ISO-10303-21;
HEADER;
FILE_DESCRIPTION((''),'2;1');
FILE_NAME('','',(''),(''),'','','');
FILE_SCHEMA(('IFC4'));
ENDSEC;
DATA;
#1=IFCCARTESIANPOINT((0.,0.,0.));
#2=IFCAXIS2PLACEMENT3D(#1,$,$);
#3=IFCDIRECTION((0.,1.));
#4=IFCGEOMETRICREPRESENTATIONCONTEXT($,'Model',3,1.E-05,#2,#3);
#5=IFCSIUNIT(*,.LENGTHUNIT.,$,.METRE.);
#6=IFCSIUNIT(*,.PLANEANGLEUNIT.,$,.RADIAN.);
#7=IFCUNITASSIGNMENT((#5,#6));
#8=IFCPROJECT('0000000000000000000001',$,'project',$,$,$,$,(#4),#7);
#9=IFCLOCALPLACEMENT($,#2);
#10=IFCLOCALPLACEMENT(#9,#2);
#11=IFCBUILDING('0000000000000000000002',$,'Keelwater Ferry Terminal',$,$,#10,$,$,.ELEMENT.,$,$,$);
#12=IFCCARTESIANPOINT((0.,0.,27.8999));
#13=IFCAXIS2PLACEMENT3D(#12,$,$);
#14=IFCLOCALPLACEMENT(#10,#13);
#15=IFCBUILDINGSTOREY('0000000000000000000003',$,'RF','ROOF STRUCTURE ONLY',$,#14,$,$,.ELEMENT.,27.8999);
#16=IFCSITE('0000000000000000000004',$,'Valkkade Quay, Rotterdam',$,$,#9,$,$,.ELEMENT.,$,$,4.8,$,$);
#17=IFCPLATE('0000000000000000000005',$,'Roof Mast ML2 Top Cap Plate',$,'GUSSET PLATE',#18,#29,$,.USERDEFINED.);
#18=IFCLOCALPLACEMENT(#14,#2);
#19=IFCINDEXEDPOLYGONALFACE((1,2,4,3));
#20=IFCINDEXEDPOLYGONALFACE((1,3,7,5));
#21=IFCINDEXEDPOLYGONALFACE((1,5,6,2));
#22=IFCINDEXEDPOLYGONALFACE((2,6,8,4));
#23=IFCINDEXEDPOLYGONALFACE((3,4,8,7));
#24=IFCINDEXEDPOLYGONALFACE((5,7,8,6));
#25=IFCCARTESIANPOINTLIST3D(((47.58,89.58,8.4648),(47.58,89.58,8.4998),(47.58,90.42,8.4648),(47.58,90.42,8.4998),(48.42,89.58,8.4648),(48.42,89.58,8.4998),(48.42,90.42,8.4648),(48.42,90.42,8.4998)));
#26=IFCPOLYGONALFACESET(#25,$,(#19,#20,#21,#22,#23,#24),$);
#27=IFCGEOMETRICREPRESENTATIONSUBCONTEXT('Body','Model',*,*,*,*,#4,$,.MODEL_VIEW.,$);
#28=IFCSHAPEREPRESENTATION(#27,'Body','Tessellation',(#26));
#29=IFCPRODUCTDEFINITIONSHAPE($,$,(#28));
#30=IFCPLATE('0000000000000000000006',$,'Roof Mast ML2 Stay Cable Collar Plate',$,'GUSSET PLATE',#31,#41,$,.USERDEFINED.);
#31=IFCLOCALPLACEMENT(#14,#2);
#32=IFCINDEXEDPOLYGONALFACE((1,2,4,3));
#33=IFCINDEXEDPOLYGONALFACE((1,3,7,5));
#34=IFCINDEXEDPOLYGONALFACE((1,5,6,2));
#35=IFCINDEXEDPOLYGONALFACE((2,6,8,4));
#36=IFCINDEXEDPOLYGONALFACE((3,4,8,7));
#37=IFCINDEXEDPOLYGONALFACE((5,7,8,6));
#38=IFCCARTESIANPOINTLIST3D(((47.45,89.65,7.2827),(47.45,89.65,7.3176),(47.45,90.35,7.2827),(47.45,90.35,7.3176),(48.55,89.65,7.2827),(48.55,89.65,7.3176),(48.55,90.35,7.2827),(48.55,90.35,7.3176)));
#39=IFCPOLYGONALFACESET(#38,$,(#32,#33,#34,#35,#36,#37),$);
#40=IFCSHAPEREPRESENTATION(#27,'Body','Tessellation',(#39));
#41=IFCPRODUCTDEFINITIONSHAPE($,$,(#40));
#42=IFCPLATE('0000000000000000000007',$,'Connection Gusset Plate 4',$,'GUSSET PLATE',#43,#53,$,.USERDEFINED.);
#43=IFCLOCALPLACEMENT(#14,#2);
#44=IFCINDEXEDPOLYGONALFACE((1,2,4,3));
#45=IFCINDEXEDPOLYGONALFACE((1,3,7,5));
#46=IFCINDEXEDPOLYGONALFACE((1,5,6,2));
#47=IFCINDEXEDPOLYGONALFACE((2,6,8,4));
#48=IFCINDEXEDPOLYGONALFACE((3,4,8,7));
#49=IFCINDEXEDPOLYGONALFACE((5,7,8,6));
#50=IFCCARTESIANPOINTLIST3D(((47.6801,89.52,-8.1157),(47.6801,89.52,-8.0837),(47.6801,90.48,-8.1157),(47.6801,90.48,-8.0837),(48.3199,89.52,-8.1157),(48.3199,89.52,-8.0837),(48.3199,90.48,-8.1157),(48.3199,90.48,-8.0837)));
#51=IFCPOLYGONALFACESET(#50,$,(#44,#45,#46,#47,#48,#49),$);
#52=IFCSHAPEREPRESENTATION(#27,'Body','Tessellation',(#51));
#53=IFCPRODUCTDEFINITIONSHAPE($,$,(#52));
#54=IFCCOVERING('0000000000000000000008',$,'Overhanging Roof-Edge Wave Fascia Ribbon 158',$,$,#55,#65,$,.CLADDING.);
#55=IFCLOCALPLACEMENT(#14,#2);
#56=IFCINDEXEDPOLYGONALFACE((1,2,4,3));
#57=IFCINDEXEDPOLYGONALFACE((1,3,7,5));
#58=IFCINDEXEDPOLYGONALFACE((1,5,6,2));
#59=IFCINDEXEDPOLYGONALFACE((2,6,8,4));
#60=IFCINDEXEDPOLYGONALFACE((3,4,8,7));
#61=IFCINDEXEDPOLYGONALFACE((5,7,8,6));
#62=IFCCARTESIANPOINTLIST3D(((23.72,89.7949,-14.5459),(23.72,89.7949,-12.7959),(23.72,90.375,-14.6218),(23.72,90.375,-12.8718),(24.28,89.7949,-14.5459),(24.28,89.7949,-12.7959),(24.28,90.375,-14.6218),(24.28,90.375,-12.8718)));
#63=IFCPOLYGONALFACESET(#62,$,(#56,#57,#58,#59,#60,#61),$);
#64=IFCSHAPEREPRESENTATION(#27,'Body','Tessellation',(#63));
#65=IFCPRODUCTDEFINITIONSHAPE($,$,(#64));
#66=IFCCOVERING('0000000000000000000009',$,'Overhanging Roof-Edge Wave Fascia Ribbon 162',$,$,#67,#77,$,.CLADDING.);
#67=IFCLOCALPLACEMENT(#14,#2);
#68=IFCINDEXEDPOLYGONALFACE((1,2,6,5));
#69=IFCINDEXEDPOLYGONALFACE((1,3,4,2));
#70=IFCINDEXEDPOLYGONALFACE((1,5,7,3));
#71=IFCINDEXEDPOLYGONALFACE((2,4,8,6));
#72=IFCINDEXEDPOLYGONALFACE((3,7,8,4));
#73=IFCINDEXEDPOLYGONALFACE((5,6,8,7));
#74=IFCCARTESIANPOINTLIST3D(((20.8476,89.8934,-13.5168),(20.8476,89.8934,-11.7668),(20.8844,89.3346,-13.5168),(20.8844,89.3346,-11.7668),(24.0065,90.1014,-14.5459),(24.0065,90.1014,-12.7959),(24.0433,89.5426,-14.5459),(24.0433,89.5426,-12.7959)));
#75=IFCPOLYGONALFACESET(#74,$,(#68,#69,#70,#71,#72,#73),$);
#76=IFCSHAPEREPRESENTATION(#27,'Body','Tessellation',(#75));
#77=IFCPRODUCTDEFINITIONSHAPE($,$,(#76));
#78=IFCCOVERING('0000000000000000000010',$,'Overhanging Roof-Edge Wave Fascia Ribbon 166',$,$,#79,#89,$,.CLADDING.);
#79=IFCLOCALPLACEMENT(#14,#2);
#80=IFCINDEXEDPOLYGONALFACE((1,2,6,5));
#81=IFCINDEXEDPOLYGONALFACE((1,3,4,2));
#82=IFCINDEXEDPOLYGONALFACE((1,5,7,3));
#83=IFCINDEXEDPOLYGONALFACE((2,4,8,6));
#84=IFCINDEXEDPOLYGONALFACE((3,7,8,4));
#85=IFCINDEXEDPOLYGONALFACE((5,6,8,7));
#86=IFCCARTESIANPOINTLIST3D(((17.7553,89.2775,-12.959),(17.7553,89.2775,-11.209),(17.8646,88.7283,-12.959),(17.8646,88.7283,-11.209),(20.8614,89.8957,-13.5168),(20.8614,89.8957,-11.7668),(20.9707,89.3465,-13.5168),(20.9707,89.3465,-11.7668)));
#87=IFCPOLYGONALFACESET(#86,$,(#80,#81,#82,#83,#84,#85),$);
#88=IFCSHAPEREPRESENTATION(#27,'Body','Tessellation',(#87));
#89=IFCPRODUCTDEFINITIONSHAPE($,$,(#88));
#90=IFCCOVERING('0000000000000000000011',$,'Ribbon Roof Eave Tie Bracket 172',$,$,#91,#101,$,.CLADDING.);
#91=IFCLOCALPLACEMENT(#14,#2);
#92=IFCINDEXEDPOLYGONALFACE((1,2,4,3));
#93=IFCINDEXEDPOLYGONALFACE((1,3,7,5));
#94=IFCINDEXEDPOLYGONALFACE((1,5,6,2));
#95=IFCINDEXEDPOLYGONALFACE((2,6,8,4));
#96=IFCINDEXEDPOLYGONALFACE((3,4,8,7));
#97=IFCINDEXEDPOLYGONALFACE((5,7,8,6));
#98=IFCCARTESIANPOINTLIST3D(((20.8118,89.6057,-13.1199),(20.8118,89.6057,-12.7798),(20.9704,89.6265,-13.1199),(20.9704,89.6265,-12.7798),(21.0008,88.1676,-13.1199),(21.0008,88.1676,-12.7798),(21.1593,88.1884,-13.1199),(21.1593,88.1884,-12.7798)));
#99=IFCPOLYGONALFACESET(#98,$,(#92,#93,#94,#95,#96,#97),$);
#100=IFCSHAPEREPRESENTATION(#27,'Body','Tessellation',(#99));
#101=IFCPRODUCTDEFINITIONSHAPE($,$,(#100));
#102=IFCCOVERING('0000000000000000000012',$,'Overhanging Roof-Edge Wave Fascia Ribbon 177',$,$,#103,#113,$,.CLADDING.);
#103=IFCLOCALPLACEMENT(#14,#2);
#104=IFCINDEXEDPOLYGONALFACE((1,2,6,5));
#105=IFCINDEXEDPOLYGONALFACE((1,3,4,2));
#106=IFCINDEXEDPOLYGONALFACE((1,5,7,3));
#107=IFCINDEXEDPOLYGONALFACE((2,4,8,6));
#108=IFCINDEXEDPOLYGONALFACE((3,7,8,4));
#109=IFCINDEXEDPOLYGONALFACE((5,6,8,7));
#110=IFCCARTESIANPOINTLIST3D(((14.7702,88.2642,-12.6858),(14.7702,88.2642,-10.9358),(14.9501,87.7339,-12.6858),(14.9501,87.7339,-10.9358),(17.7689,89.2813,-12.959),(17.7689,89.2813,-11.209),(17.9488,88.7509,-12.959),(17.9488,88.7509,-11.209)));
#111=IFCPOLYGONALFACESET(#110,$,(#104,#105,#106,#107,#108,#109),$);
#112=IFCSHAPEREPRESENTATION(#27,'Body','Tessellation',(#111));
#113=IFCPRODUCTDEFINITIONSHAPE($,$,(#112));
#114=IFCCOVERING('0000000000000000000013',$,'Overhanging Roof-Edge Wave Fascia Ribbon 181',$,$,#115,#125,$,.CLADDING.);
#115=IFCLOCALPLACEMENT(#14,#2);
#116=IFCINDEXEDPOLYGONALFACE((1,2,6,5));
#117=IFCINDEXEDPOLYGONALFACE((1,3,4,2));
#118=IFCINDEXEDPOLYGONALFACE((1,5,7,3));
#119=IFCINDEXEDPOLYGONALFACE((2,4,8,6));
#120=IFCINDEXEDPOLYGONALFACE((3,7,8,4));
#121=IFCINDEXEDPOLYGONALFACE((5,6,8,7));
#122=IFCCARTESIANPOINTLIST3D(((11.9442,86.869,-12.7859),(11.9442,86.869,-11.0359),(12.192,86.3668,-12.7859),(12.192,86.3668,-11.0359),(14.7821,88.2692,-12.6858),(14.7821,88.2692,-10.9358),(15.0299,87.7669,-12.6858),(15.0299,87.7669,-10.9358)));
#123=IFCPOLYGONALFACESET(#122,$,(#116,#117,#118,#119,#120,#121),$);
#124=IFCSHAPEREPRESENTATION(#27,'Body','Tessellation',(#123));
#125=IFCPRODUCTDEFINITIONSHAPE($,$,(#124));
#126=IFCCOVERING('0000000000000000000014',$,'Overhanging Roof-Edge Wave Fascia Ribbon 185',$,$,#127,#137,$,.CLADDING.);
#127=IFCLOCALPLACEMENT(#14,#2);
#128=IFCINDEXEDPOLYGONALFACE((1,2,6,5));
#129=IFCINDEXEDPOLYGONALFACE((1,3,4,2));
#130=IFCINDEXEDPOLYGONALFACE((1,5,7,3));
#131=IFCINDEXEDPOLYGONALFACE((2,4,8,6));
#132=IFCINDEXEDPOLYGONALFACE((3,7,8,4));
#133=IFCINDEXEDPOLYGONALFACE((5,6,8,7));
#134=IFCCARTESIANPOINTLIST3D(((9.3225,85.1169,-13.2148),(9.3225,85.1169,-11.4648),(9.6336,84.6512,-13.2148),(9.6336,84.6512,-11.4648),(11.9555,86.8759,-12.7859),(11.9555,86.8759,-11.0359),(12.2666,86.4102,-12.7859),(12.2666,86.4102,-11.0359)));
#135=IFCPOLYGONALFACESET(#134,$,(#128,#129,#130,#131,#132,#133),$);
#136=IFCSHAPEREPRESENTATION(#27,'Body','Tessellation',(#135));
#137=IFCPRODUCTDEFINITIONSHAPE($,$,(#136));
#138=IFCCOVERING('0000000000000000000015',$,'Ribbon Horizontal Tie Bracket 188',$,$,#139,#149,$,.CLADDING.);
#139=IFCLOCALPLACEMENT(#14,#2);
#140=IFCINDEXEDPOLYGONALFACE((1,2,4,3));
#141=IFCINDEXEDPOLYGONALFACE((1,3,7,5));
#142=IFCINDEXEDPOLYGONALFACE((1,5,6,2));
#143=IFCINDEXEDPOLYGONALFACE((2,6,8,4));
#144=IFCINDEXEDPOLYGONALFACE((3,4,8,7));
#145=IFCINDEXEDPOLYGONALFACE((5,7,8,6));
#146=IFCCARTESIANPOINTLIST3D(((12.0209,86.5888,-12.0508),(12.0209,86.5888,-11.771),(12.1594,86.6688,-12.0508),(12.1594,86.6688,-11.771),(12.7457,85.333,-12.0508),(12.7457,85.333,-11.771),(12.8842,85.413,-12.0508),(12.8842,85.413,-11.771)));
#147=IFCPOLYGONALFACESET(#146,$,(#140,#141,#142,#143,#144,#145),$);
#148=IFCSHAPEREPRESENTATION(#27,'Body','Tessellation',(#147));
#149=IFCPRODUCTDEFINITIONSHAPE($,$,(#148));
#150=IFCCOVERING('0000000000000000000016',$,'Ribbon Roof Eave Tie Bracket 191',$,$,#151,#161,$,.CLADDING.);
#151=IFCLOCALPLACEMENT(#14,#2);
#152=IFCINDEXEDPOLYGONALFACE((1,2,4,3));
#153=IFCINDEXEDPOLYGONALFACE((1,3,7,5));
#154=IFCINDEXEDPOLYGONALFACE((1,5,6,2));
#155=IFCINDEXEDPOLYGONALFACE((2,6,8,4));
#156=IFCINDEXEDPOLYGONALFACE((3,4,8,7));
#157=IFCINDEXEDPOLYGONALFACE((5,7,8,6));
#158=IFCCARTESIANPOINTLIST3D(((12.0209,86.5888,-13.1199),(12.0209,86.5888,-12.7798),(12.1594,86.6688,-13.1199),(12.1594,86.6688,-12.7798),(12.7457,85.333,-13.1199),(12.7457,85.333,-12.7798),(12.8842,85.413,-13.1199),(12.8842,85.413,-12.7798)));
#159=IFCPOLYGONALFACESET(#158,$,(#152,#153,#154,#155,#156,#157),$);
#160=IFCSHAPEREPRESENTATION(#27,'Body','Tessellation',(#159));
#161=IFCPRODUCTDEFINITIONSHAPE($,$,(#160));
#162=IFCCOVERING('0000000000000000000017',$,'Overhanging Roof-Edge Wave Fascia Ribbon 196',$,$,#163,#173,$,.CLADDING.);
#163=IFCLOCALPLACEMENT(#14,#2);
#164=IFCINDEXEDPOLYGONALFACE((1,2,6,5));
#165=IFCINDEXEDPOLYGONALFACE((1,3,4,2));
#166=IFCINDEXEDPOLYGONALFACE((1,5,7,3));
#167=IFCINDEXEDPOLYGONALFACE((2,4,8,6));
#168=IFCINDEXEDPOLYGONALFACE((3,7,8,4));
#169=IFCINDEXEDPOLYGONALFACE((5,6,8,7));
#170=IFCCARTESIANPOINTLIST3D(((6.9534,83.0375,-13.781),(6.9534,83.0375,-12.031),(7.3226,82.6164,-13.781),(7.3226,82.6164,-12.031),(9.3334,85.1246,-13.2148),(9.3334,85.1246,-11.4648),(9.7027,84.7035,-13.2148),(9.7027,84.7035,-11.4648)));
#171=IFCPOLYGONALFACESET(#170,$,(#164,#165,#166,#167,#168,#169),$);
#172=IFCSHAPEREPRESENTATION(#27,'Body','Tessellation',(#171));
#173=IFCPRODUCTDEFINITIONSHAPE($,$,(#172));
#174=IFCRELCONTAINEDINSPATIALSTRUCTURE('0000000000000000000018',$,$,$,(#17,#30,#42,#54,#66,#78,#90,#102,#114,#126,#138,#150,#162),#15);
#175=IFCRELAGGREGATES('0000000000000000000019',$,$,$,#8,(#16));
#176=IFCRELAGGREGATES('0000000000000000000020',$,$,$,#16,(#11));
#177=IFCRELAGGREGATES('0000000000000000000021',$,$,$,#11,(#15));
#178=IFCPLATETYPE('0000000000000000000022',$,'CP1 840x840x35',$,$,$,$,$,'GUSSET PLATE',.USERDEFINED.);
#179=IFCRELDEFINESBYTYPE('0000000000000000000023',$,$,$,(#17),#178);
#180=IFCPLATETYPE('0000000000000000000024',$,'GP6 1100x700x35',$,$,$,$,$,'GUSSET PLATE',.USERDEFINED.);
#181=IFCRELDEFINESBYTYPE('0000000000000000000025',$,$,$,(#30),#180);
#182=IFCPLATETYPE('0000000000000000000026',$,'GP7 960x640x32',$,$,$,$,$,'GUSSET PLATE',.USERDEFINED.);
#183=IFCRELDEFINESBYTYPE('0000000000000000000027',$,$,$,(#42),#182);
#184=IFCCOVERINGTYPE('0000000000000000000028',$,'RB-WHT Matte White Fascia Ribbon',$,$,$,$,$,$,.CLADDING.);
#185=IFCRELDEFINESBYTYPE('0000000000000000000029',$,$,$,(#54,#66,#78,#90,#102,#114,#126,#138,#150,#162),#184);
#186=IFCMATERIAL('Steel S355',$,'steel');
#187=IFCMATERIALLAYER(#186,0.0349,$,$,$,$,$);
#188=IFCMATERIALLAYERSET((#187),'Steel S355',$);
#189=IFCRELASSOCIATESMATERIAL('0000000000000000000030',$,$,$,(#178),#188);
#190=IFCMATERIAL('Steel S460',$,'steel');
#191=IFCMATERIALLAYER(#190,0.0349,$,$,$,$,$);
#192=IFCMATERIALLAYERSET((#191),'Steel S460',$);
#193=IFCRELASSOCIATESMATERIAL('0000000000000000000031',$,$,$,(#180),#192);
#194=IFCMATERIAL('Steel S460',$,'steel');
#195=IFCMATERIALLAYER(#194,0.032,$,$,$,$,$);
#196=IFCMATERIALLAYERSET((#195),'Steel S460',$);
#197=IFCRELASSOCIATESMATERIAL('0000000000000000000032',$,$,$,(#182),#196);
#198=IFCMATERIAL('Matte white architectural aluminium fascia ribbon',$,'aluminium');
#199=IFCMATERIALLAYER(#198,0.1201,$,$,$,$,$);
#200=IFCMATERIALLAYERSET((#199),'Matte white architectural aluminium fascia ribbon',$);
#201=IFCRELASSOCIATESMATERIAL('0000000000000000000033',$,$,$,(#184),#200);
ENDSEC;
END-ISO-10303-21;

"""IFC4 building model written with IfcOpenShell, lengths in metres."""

from ifc_helpers import new_model, si_unit, direction, frame, frame_2d, origin, origin_2d, place, context, subcontext, project, spatial, polyline, rectangle, outline, extrude, material, layer, layer_set, type_object, element, save


model = new_model("IFC4")

# Units and contexts
model_context = context("Model", 3, precision=1e-05, world=origin(), true_north=direction((0.0, 1.0)))
body_context = subcontext(model_context, "Body", "Model", "MODEL_VIEW")
ifc_project = project(units=[si_unit("LENGTHUNIT", "METRE"), si_unit("PLANEANGLEUNIT", "RADIAN")], contexts=[model_context])

# Site, building, storey
site_placement = place(None, origin())
site = spatial("IfcSite", under=ifc_project, at=site_placement, Name="Valkkade Quay, Rotterdam", CompositionType="ELEMENT", RefElevation=4.8)
building_placement = place(site_placement, origin())
building = spatial("IfcBuilding", under=site, at=building_placement, Name="Keelwater Ferry Terminal", CompositionType="ELEMENT")
storey_placement = place(building_placement, frame((0.0, 0.0, 27.8999)))
storey = spatial("IfcBuildingStorey", under=building, at=storey_placement, Name="RF", Description="ROOF STRUCTURE ONLY", CompositionType="ELEMENT", Elevation=27.8999)

# Plates
ifc_material_1 = material(Name="Steel S355", Category="steel")
ifc_layer_1 = layer(ifc_material_1, 0.0349)
ifc_layer_set_1 = layer_set([ifc_layer_1], Name="Steel S355")
plate_type_1 = type_object("IfcPlateType", Name="CP1 840x840x35", ElementType="GUSSET PLATE", PredefinedType="USERDEFINED", material=ifc_layer_set_1)
plate_1_placement = place(storey_placement, frame((48.0, 90.0, 8.4648), z_axis=(0.0, 0.0, 1.0), x_axis=(1.0, 0.0, 0.0)))
element("IfcPlate", 1, at=plate_1_placement, inside=storey, type_object=plate_type_1, Name="Roof Mast ML2 Top Cap Plate", ObjectType="GUSSET PLATE", PredefinedType="USERDEFINED", context=body_context, shape_type="SweptSolid", body=[
    extrude(rectangle(XDim=0.8401, YDim=0.8401, at=origin_2d()), origin(), (0.0, 0.0, 1.0), 0.0349),
])
ifc_material_2 = material(Name="Steel S460", Category="steel")
ifc_layer_2 = layer(ifc_material_2, 0.0349)
ifc_layer_set_2 = layer_set([ifc_layer_2], Name="Steel S460")
plate_type_2 = type_object("IfcPlateType", Name="GP6 1100x700x35", ElementType="GUSSET PLATE", PredefinedType="USERDEFINED", material=ifc_layer_set_2)
plate_2_placement = place(storey_placement, frame((48.0, 90.0, 7.2827), z_axis=(0.0, 0.0, 1.0), x_axis=(1.0, 0.0, 0.0)))
element("IfcPlate", 2, at=plate_2_placement, inside=storey, type_object=plate_type_2, Name="Roof Mast ML2 Stay Cable Collar Plate", ObjectType="GUSSET PLATE", PredefinedType="USERDEFINED", context=body_context, shape_type="SweptSolid", body=[
    extrude(rectangle(XDim=1.1001, YDim=0.7, at=origin_2d()), origin(), (0.0, 0.0, 1.0), 0.0349),
])
ifc_material_3 = material(Name="Steel S460", Category="steel")
ifc_layer_3 = layer(ifc_material_3, 0.032)
ifc_layer_set_3 = layer_set([ifc_layer_3], Name="Steel S460")
plate_type_3 = type_object("IfcPlateType", Name="GP7 960x640x32", ElementType="GUSSET PLATE", PredefinedType="USERDEFINED", material=ifc_layer_set_3)
plate_3_placement = place(storey_placement, frame((48.0, 90.0, -8.1157), z_axis=(0.0, 0.0, 1.0), x_axis=(0.0, 1.0, 0.0)))
element("IfcPlate", 3, at=plate_3_placement, inside=storey, type_object=plate_type_3, Name="Connection Gusset Plate 4", ObjectType="GUSSET PLATE", PredefinedType="USERDEFINED", context=body_context, shape_type="SweptSolid", body=[
    extrude(rectangle(XDim=0.96, YDim=0.6399, at=origin_2d()), origin(), (0.0, 0.0, 1.0), 0.032),
])

# Coverings
ifc_material_4 = material(Name="Matte white architectural aluminium fascia ribbon", Category="aluminium")
ifc_layer_4 = layer(ifc_material_4, 0.1201)
ifc_layer_set_4 = layer_set([ifc_layer_4], Name="Matte white architectural aluminium fascia ribbon")
covering_type = type_object("IfcCoveringType", Name="RB-WHT Matte White Fascia Ribbon", PredefinedType="CLADDING", material=ifc_layer_set_4)
covering_1_placement = place(storey_placement, frame((24.0, 90.375, -14.6218), z_axis=(0.0, 0.0, 1.0), x_axis=(0.0, -1.0, 0.0)))
element("IfcCovering", 4, at=covering_1_placement, inside=storey, type_object=covering_type, Name="Overhanging Roof-Edge Wave Fascia Ribbon 158", PredefinedType="CLADDING", context=body_context, shape_type="SweptSolid", body=[
    extrude(outline(polyline([(0.0, 0.0), (0.5801, 0.0759), (0.5801, 1.8259), (0.0, 1.75), (0.0, 0.0)])), frame((0.0, 0.28, 0.0), z_axis=(0.0, -1.0, 0.0), x_axis=(1.0, 0.0, 0.0)), (0.0, 0.0, 1.0), 0.5601),
])
covering_2_placement = place(storey_placement, frame((24.0249, 89.822, -14.5459), z_axis=(0.0, 0.0, 1.0), x_axis=(-0.997839, -0.065705, 0.0)))
element("IfcCovering", 5, at=covering_2_placement, inside=storey, type_object=covering_type, Name="Overhanging Roof-Edge Wave Fascia Ribbon 162", PredefinedType="CLADDING", context=body_context, shape_type="SweptSolid", body=[
    extrude(outline(polyline([(0.0, 0.0), (3.1658, 1.0291), (3.1658, 2.7791), (0.0, 1.75), (0.0, 0.0)])), frame((0.0, 0.28, 0.0), z_axis=(0.0, -1.0, 0.0), x_axis=(1.0, 0.0, 0.0)), (0.0, 0.0, 1.0), 0.5601),
])
covering_3_placement = place(storey_placement, frame((20.916, 89.6211, -13.5168), z_axis=(0.0, 0.0, 1.0), x_axis=(-0.980764, -0.195197, 0.0)))
element("IfcCovering", 6, at=covering_3_placement, inside=storey, type_object=covering_type, Name="Overhanging Roof-Edge Wave Fascia Ribbon 166", PredefinedType="CLADDING", context=body_context, shape_type="SweptSolid", body=[
    extrude(outline(polyline([(0.0, 0.0), (3.167, 0.5579), (3.167, 2.3079), (0.0, 1.75), (0.0, 0.0)])), frame((0.0, 0.28, 0.0), z_axis=(0.0, -1.0, 0.0), x_axis=(1.0, 0.0, 0.0)), (0.0, 0.0, 1.0), 0.5601),
])
covering_4_placement = place(storey_placement, frame((20.8911, 89.616, -13.1199), z_axis=(0.0, 0.0, 1.0), x_axis=(0.130289, -0.991476, 0.0)))
element("IfcCovering", 7, at=covering_4_placement, inside=storey, type_object=covering_type, Name="Ribbon Roof Eave Tie Bracket 172", PredefinedType="CLADDING", context=body_context, shape_type="SweptSolid", body=[
    extrude(rectangle(XDim=1.4504, YDim=0.1599, at=frame_2d((0.7251, 0.0))), origin(), (0.0, 0.0, 1.0), 0.3401),
])
covering_5_placement = place(storey_placement, frame((17.8589, 89.0161, -12.959), z_axis=(0.0, 0.0, 1.0), x_axis=(-0.947013, -0.321196, 0.0)))
element("IfcCovering", 8, at=covering_5_placement, inside=storey, type_object=covering_type, Name="Overhanging Roof-Edge Wave Fascia Ribbon 177", PredefinedType="CLADDING", context=body_context, shape_type="SweptSolid", body=[
    extrude(outline(polyline([(0.0, 0.0), (3.1665, 0.2732), (3.1665, 2.0232), (0.0, 1.75), (0.0, 0.0)])), frame((0.0, 0.28, 0.0), z_axis=(0.0, -1.0, 0.0), x_axis=(1.0, 0.0, 0.0)), (0.0, 0.0, 1.0), 0.5601),
])
covering_6_placement = place(storey_placement, frame((14.906, 88.0181, -12.7859), z_axis=(0.0, 0.0, 1.0), x_axis=(-0.896791, -0.442455, 0.0)))
element("IfcCovering", 9, at=covering_6_placement, inside=storey, type_object=covering_type, Name="Overhanging Roof-Edge Wave Fascia Ribbon 181", PredefinedType="CLADDING", context=body_context, shape_type="SweptSolid", body=[
    extrude(outline(polyline([(0.0, 0.1001), (3.1646, 0.0), (3.1646, 1.75), (0.0, 1.8501), (0.0, 0.1001)])), frame((0.0, 0.28, 0.0), z_axis=(0.0, -1.0, 0.0), x_axis=(1.0, 0.0, 0.0)), (0.0, 0.0, 1.0), 0.5601),
])
covering_7_placement = place(storey_placement, frame((12.1111, 86.6431, -13.2148), z_axis=(0.0, 0.0, 1.0), x_axis=(-0.831516, -0.555501, 0.0)))
element("IfcCovering", 10, at=covering_7_placement, inside=storey, type_object=covering_type, Name="Overhanging Roof-Edge Wave Fascia Ribbon 185", PredefinedType="CLADDING", context=body_context, shape_type="SweptSolid", body=[
    extrude(outline(polyline([(0.0, 0.429), (3.1665, 0.0), (3.1665, 1.75), (0.0, 2.179), (0.0, 0.429)])), frame((0.0, 0.28, 0.0), z_axis=(0.0, -1.0, 0.0), x_axis=(1.0, 0.0, 0.0)), (0.0, 0.0, 1.0), 0.5601),
])
covering_8_placement = place(storey_placement, frame((12.0901, 86.6289, -12.0508), z_axis=(0.0, 0.0, 1.0), x_axis=(0.499888, -0.86609, 0.0)))
element("IfcCovering", 11, at=covering_8_placement, inside=storey, type_object=covering_type, Name="Ribbon Horizontal Tie Bracket 188", PredefinedType="CLADDING", context=body_context, shape_type="SweptSolid", body=[
    extrude(rectangle(XDim=1.45, YDim=0.1599, at=frame_2d((0.7251, 0.0))), origin(), (0.0, 0.0, 1.0), 0.2798),
])
covering_9_placement = place(storey_placement, frame((12.0901, 86.6289, -13.1199), z_axis=(0.0, 0.0, 1.0), x_axis=(0.499888, -0.86609, 0.0)))
element("IfcCovering", 12, at=covering_9_placement, inside=storey, type_object=covering_type, Name="Ribbon Roof Eave Tie Bracket 191", PredefinedType="CLADDING", context=body_context, shape_type="SweptSolid", body=[
    extrude(rectangle(XDim=1.45, YDim=0.1599, at=frame_2d((0.7251, 0.0))), origin(), (0.0, 0.0, 1.0), 0.3401),
])
covering_10_placement = place(storey_placement, frame((9.5181, 84.9141, -13.781), z_axis=(0.0, 0.0, 1.0), x_axis=(-0.751864, -0.659318, 0.0)))
element("IfcCovering", 13, at=covering_10_placement, inside=storey, type_object=covering_type, Name="Overhanging Roof-Edge Wave Fascia Ribbon 196", PredefinedType="CLADDING", context=body_context, shape_type="SweptSolid", body=[
    extrude(outline(polyline([(0.0, 0.5662), (3.1655, 0.0), (3.1655, 1.75), (0.0, 2.3162), (0.0, 0.5662)])), frame((0.0, 0.28, 0.0), z_axis=(0.0, -1.0, 0.0), x_axis=(1.0, 0.0, 0.0)), (0.0, 0.0, 1.0), 0.5601),
])

save(model, "model.ifc")
